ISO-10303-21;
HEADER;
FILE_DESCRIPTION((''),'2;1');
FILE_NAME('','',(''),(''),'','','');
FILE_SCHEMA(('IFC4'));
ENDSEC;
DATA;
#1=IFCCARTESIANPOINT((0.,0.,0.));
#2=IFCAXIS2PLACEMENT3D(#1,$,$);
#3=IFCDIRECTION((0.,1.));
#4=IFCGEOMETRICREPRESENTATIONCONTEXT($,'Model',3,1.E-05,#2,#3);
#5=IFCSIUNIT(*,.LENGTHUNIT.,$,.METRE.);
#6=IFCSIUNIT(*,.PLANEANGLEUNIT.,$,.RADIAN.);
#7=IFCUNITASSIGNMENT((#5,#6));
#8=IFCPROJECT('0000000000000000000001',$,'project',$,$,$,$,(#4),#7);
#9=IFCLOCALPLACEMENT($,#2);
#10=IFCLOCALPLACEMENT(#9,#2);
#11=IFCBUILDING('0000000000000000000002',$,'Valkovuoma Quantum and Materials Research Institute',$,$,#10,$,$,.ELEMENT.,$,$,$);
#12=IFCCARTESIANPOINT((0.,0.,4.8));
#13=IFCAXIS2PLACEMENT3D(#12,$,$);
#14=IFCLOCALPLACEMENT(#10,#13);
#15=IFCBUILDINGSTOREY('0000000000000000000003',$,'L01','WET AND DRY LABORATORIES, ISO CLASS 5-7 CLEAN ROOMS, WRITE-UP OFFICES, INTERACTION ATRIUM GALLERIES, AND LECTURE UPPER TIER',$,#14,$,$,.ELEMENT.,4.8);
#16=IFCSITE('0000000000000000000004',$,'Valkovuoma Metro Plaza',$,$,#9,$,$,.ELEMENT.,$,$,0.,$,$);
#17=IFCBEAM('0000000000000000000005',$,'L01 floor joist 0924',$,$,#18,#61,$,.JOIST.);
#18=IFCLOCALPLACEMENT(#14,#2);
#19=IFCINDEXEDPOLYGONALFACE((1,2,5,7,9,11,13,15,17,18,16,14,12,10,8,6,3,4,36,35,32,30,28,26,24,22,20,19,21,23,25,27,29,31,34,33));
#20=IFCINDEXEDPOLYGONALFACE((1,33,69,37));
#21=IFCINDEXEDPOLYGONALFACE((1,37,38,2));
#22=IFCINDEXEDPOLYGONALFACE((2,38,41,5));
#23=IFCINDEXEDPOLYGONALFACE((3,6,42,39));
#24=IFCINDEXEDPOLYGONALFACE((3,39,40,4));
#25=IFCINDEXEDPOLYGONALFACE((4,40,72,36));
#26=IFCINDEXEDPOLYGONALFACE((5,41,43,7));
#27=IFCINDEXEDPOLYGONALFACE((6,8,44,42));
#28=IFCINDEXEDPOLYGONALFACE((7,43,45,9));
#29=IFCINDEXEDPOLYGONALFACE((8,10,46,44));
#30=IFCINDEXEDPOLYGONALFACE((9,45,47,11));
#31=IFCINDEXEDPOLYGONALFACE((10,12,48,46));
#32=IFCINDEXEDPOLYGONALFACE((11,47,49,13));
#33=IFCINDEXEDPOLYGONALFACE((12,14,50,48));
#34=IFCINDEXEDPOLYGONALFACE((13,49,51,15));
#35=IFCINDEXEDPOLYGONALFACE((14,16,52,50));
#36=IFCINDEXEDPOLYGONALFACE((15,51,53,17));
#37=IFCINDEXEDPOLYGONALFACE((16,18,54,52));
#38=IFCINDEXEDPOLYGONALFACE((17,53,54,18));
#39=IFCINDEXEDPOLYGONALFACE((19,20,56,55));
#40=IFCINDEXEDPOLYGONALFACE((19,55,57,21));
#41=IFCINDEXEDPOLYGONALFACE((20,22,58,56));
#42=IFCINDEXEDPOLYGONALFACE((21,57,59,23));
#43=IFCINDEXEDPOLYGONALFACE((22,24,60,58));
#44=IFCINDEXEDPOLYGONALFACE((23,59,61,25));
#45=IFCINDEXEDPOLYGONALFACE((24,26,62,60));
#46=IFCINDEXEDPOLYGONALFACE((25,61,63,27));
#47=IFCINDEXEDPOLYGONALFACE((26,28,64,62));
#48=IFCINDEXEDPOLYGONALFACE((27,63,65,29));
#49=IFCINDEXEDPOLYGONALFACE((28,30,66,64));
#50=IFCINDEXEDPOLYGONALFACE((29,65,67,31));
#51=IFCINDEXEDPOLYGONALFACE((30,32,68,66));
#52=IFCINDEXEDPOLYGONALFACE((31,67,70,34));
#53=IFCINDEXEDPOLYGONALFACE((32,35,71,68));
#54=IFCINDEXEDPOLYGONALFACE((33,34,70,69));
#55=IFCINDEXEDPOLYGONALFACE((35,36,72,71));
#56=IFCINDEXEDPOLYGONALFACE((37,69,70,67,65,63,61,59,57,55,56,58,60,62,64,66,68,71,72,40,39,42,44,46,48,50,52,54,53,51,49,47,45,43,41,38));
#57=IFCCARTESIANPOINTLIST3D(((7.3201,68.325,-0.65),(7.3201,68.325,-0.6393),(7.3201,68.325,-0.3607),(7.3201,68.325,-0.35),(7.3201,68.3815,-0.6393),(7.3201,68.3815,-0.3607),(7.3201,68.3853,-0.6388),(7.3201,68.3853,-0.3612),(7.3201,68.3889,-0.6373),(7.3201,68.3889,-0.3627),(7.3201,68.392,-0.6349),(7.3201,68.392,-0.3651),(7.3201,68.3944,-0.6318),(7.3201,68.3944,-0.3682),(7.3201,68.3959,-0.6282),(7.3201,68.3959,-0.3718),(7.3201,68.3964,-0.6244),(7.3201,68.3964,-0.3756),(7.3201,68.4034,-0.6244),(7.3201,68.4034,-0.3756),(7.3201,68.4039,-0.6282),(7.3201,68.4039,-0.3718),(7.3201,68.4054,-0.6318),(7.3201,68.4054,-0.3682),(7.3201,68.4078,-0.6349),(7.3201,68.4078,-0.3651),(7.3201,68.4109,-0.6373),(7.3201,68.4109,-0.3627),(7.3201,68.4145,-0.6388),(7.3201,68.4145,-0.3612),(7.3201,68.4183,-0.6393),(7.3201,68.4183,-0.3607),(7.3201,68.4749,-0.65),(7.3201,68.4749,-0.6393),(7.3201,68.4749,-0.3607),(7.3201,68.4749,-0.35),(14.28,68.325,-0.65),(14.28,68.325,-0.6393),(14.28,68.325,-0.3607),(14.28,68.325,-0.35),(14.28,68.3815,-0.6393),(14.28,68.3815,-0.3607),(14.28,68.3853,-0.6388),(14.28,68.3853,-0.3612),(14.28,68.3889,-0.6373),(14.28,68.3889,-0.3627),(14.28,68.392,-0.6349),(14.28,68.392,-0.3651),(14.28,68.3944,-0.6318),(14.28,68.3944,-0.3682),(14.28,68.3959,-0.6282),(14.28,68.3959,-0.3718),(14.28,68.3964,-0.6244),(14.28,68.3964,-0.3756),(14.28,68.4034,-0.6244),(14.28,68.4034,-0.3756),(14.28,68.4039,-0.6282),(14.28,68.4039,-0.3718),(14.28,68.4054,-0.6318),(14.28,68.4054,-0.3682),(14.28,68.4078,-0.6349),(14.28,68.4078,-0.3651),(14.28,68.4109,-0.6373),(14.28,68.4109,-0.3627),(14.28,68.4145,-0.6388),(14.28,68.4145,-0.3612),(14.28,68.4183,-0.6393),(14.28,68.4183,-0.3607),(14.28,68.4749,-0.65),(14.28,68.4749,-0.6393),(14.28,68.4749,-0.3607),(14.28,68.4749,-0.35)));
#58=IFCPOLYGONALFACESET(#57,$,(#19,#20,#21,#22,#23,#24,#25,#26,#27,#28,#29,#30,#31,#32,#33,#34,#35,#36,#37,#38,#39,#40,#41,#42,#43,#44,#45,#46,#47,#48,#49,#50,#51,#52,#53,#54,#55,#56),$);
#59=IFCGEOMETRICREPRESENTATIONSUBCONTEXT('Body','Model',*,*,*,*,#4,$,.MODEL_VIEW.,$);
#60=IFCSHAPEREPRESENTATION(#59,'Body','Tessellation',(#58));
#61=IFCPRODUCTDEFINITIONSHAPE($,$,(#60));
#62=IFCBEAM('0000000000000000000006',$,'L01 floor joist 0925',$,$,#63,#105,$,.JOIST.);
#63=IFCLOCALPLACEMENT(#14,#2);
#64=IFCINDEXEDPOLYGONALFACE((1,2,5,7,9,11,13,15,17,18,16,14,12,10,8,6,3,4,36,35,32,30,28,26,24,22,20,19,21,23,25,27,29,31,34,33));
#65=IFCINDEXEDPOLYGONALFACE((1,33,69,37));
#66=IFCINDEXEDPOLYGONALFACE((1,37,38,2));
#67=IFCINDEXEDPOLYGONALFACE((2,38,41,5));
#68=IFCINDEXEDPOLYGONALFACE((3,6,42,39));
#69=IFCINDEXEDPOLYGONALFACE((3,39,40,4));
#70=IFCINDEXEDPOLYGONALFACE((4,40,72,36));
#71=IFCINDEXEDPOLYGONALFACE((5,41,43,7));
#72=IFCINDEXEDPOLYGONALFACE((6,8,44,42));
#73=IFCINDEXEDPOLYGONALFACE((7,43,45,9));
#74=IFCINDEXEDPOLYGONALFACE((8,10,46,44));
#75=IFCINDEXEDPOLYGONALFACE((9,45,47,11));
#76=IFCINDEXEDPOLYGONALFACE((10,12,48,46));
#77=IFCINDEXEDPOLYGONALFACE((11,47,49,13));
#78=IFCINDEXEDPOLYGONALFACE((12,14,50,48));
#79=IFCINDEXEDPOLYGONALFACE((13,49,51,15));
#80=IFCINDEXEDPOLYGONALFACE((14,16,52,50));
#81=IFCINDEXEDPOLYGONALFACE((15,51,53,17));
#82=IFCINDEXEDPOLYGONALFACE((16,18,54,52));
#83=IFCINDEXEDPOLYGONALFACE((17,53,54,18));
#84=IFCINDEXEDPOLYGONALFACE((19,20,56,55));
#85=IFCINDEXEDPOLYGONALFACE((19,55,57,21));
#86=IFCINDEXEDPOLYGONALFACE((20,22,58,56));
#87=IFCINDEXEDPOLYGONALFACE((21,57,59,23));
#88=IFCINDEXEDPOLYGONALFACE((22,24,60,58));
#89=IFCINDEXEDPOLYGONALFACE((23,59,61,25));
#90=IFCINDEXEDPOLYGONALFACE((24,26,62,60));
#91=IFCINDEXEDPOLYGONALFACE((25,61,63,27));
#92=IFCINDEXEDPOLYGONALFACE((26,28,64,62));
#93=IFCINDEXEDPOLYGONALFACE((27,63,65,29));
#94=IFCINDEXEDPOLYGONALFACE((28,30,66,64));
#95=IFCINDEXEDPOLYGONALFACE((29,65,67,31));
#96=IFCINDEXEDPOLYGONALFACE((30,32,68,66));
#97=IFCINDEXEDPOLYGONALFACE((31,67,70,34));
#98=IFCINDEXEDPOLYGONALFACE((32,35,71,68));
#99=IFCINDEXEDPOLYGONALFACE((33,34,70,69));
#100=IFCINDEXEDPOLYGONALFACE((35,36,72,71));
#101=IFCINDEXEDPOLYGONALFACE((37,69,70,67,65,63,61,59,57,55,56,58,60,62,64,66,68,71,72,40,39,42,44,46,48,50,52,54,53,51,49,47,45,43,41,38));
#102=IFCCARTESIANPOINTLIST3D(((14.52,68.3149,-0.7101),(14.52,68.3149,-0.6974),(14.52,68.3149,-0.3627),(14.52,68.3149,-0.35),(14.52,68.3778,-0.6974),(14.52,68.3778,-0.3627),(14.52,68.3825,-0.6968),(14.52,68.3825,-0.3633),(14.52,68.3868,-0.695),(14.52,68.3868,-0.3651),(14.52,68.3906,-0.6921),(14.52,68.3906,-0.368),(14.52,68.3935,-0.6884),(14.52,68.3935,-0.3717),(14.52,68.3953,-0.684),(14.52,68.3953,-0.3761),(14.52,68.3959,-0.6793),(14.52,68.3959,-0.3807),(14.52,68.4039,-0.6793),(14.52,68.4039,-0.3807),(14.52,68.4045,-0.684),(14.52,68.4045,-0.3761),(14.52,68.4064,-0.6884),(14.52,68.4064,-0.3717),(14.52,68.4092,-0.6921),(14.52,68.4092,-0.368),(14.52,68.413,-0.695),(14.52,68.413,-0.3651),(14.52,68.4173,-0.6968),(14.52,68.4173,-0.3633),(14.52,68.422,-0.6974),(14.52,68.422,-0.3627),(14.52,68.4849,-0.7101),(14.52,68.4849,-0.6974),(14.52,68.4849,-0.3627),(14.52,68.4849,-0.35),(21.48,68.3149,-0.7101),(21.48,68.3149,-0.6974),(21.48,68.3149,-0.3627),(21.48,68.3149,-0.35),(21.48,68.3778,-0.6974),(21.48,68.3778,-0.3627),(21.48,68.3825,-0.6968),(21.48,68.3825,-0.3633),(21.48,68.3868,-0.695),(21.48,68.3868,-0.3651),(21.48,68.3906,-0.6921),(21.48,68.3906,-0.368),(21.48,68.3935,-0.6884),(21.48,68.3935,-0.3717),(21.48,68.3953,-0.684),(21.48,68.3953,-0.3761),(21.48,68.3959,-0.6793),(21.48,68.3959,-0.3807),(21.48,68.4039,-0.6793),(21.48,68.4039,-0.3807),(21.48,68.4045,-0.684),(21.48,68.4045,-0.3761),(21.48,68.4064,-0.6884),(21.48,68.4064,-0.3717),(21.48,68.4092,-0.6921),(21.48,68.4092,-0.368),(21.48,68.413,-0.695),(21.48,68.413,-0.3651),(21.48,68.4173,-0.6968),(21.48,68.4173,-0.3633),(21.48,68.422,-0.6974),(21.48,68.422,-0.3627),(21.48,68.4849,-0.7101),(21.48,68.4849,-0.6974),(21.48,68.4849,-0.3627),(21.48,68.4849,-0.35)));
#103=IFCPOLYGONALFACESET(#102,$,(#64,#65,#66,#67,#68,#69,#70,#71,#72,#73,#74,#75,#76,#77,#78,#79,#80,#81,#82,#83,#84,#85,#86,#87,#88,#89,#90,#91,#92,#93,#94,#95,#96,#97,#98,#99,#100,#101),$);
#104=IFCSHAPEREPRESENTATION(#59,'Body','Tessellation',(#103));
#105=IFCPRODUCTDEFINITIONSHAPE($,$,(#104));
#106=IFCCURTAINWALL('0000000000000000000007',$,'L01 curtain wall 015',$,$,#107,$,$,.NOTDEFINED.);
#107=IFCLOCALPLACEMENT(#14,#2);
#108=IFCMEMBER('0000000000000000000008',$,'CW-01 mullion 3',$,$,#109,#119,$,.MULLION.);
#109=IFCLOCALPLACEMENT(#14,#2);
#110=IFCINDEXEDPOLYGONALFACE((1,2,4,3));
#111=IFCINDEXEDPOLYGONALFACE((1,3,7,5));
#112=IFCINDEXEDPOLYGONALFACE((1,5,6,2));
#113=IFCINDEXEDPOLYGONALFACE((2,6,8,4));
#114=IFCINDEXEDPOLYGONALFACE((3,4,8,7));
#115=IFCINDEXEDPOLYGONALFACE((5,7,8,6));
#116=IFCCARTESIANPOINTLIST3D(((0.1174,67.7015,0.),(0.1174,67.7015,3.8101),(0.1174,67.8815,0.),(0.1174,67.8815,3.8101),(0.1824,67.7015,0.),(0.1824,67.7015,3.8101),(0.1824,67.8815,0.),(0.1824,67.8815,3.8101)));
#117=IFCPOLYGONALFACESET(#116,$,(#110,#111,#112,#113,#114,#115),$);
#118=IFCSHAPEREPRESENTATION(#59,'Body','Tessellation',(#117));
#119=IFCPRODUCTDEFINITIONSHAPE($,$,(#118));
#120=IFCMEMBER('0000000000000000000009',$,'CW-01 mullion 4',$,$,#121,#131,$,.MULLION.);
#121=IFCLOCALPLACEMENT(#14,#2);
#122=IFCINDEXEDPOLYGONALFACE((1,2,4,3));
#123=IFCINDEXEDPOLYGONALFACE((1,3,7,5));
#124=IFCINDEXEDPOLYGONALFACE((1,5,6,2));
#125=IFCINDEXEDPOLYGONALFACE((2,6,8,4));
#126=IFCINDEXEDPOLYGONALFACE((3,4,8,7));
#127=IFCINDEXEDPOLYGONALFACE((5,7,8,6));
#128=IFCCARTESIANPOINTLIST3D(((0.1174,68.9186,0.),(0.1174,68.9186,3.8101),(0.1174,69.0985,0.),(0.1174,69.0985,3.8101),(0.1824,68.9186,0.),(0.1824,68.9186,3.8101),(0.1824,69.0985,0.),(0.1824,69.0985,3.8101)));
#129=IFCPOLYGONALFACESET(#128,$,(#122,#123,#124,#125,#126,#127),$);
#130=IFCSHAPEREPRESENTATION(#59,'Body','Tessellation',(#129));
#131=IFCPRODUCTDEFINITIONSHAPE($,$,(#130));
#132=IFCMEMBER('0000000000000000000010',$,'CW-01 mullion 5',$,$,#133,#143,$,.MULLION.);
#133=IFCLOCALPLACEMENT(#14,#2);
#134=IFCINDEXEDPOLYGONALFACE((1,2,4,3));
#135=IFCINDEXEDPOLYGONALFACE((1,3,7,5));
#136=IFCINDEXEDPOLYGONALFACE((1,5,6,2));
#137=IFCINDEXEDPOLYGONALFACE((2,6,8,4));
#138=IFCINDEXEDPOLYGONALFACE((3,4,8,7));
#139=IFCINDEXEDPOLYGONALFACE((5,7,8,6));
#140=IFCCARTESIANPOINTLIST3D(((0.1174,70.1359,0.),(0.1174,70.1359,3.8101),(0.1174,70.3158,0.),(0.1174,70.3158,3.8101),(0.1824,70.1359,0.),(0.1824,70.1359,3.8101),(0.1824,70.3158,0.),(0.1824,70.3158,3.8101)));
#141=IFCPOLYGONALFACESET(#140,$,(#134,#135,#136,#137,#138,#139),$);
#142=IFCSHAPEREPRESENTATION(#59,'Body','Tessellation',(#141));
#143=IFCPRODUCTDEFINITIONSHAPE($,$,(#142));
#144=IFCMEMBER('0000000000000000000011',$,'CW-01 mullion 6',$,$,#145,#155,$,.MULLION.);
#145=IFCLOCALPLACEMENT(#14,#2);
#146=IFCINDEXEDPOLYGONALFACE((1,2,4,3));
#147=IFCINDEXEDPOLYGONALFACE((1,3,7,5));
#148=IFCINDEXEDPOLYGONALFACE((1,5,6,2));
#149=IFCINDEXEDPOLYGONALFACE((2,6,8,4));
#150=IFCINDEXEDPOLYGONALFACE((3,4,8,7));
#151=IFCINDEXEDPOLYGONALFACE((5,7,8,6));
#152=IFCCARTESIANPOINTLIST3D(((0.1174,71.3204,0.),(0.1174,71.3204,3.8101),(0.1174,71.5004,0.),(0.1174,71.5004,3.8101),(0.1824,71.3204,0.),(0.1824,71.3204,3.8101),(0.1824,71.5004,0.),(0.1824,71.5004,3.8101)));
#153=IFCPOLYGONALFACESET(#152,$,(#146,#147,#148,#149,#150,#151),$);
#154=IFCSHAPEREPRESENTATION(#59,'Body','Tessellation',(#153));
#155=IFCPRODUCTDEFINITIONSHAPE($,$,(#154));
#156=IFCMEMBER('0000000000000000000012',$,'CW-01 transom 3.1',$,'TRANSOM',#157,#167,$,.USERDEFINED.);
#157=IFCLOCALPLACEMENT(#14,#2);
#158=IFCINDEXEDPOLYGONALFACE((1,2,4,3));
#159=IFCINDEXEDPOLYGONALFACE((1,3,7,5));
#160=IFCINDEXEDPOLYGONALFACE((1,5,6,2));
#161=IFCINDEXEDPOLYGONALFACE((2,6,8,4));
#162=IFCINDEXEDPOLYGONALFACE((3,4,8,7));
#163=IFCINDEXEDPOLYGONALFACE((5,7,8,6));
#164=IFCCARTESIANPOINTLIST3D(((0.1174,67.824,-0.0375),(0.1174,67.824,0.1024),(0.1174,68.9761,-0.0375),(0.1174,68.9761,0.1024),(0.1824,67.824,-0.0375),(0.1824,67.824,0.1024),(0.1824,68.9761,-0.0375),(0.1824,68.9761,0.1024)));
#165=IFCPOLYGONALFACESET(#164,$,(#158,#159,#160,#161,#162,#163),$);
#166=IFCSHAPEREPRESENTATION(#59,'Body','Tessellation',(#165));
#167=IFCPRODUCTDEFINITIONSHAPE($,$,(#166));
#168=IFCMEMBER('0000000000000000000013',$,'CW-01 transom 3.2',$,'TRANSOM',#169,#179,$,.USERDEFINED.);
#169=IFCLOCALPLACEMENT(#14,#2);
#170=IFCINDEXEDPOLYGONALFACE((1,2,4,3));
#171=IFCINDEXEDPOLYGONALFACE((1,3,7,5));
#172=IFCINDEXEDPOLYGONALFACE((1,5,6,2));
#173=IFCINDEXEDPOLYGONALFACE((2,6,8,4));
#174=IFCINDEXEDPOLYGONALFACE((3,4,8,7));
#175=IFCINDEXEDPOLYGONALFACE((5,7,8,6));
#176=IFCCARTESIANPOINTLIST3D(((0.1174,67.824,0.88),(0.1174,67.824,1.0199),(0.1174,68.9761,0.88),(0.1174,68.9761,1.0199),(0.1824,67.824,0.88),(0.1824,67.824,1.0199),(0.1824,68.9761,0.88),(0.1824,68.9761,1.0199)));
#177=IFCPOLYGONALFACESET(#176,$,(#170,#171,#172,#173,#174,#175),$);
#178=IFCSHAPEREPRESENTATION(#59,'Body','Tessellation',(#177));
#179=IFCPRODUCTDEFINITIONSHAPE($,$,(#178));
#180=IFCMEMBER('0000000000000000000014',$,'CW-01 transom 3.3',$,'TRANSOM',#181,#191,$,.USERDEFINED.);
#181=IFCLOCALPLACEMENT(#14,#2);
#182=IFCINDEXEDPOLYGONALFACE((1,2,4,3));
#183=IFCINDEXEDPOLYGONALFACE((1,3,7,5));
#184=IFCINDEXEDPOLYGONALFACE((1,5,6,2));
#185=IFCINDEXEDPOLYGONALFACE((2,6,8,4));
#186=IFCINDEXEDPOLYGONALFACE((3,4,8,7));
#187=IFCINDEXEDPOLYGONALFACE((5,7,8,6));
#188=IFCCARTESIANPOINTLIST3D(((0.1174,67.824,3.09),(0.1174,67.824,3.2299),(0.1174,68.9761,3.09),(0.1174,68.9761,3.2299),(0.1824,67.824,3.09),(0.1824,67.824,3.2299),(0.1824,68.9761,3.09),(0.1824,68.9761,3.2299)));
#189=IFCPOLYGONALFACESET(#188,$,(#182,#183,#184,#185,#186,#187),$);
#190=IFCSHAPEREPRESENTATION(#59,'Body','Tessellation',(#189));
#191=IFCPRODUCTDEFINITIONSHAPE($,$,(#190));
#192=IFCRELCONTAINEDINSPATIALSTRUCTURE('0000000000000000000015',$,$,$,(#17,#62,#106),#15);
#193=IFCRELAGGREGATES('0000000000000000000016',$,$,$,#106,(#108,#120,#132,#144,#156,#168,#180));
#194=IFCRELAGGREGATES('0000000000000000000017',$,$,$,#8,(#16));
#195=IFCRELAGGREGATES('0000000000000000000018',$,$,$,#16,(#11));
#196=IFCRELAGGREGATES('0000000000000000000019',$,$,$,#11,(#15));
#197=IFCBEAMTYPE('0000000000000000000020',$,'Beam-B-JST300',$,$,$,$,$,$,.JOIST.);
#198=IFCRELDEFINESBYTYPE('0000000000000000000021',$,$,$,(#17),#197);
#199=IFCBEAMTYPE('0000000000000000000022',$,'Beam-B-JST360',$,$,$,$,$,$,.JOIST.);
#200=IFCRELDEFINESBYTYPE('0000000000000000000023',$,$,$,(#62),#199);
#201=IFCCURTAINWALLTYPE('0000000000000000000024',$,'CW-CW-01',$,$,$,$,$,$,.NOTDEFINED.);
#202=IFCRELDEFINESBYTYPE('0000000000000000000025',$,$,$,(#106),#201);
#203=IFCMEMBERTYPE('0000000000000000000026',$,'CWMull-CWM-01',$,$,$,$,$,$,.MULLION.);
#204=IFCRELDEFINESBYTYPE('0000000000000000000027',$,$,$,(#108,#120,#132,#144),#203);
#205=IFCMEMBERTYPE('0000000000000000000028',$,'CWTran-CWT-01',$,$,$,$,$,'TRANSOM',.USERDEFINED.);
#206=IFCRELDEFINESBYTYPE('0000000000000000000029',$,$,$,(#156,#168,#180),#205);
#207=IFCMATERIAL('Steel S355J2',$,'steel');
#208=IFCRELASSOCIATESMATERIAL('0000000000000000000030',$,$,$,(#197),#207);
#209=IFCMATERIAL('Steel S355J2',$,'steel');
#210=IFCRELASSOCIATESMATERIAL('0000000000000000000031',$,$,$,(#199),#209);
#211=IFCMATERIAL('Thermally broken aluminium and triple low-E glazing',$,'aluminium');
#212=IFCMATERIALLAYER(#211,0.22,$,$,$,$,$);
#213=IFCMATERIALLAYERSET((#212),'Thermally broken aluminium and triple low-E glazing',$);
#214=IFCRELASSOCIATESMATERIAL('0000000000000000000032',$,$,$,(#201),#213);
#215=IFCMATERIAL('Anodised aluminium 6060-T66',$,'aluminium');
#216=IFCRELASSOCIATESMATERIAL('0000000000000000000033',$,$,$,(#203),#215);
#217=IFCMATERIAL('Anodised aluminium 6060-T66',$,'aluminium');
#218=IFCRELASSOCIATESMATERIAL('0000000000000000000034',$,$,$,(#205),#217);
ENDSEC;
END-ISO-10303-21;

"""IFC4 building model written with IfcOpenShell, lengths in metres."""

from ifc_helpers import new_model, si_unit, direction, frame, origin, origin_2d, place, context, subcontext, project, spatial, rectangle, i_section, extrude, material, layer, layer_set, material_profile, profile_set, type_object, element, aggregate, save


model = new_model("IFC4")

# Units and contexts
model_context = context("Model", 3, precision=1e-05, world=origin(), true_north=direction((0.0, 1.0)))
body_context = subcontext(model_context, "Body", "Model", "MODEL_VIEW")
ifc_project = project(units=[si_unit("LENGTHUNIT", "METRE"), si_unit("PLANEANGLEUNIT", "RADIAN")], contexts=[model_context])

# Site, building, storey
site_placement = place(None, origin())
site = spatial("IfcSite", under=ifc_project, at=site_placement, Name="Valkovuoma Metro Plaza", CompositionType="ELEMENT", RefElevation=0.0)
building_placement = place(site_placement, origin())
building = spatial("IfcBuilding", under=site, at=building_placement, Name="Valkovuoma Quantum and Materials Research Institute", CompositionType="ELEMENT")
storey_placement = place(building_placement, frame((0.0, 0.0, 4.8)))
storey = spatial("IfcBuildingStorey", under=building, at=storey_placement, Name="L01", Description="WET AND DRY LABORATORIES, ISO CLASS 5-7 CLEAN ROOMS, WRITE-UP OFFICES, INTERACTION ATRIUM GALLERIES, AND LECTURE UPPER TIER", CompositionType="ELEMENT", Elevation=4.8)

# Beams
ifc_material_1 = material(Name="Steel S355J2", Category="steel")
ifc_material_profile_1 = material_profile(ifc_material_1, i_section(OverallWidth=0.1499, OverallDepth=0.3, WebThickness=0.0071, FlangeThickness=0.0107, FilletRadius=0.0149, at=origin_2d()), Name="Steel S355J2")
ifc_profile_set_1 = profile_set([ifc_material_profile_1], Name="Steel S355J2")
beam_type_1 = type_object("IfcBeamType", Name="Beam-B-JST300", PredefinedType="JOIST", material=ifc_profile_set_1)
beam_1_placement = place(storey_placement, frame((7.3201, 68.3999, -0.5), z_axis=(1.0, 0.0, 0.0), x_axis=(0.0, 1.0, 0.0)))
element("IfcBeam", 1, at=beam_1_placement, inside=storey, type_object=beam_type_1, Name="L01 floor joist 0924", PredefinedType="JOIST", context=body_context, shape_type="SweptSolid", body=[
    extrude(i_section(OverallWidth=0.1499, OverallDepth=0.3, WebThickness=0.0071, FlangeThickness=0.0107, FilletRadius=0.0149, at=origin_2d()), origin(), (0.0, 0.0, 1.0), 6.96),
])
ifc_material_2 = material(Name="Steel S355J2", Category="steel")
ifc_material_profile_2 = material_profile(ifc_material_2, i_section(OverallWidth=0.1699, OverallDepth=0.3601, WebThickness=0.0081, FlangeThickness=0.0127, FilletRadius=0.0181, at=origin_2d()), Name="Steel S355J2")
ifc_profile_set_2 = profile_set([ifc_material_profile_2], Name="Steel S355J2")
beam_type_2 = type_object("IfcBeamType", Name="Beam-B-JST360", PredefinedType="JOIST", material=ifc_profile_set_2)
beam_2_placement = place(storey_placement, frame((14.52, 68.3999, -0.53), z_axis=(1.0, 0.0, 0.0), x_axis=(0.0, 1.0, 0.0)))
element("IfcBeam", 2, at=beam_2_placement, inside=storey, type_object=beam_type_2, Name="L01 floor joist 0925", PredefinedType="JOIST", context=body_context, shape_type="SweptSolid", body=[
    extrude(i_section(OverallWidth=0.1699, OverallDepth=0.3601, WebThickness=0.0081, FlangeThickness=0.0127, FilletRadius=0.0181, at=origin_2d()), origin(), (0.0, 0.0, 1.0), 6.96),
])

# Curtain wall, members
ifc_material_3 = material(Name="Thermally broken aluminium and triple low-E glazing", Category="aluminium")
ifc_layer_1 = layer(ifc_material_3, 0.22)
ifc_layer_set_1 = layer_set([ifc_layer_1], Name="Thermally broken aluminium and triple low-E glazing")
curtain_wall_type = type_object("IfcCurtainWallType", Name="CW-CW-01", PredefinedType="NOTDEFINED", material=ifc_layer_set_1)
curtain_wall_placement = place(storey_placement, origin())
curtain_wall = element("IfcCurtainWall", 3, at=curtain_wall_placement, inside=storey, type_object=curtain_wall_type, Name="L01 curtain wall 015", PredefinedType="NOTDEFINED")
ifc_material_4 = material(Name="Anodised aluminium 6060-T66", Category="aluminium")
ifc_material_profile_3 = material_profile(ifc_material_4, rectangle(XDim=0.0649, YDim=0.1799, at=origin_2d()), Name="Anodised aluminium 6060-T66")
ifc_profile_set_3 = profile_set([ifc_material_profile_3], Name="Anodised aluminium 6060-T66")
member_type_1 = type_object("IfcMemberType", Name="CWMull-CWM-01", PredefinedType="MULLION", material=ifc_profile_set_3)
member_1_placement = place(storey_placement, frame((0.1499, 67.7915, 0.0), z_axis=(0.0, 0.0, 1.0), x_axis=(-1.0, 0.0, 0.0)))
member_1 = element("IfcMember", 4, at=member_1_placement, type_object=member_type_1, Name="CW-01 mullion 3", PredefinedType="MULLION", context=body_context, shape_type="SweptSolid", body=[
    extrude(rectangle(XDim=0.0649, YDim=0.1799, at=origin_2d()), origin(), (0.0, 0.0, 1.0), 3.8101),
])
member_2_placement = place(storey_placement, frame((0.1499, 69.0085, 0.0), z_axis=(0.0, 0.0, 1.0), x_axis=(-1.0, 0.0, 0.0)))
member_2 = element("IfcMember", 5, at=member_2_placement, type_object=member_type_1, Name="CW-01 mullion 4", PredefinedType="MULLION", context=body_context, shape_type="SweptSolid", body=[
    extrude(rectangle(XDim=0.0649, YDim=0.1799, at=origin_2d()), origin(), (0.0, 0.0, 1.0), 3.8101),
])
member_3_placement = place(storey_placement, frame((0.1499, 70.2258, 0.0), z_axis=(0.0, 0.0, 1.0), x_axis=(-1.0, 0.0, 0.0)))
member_3 = element("IfcMember", 6, at=member_3_placement, type_object=member_type_1, Name="CW-01 mullion 5", PredefinedType="MULLION", context=body_context, shape_type="SweptSolid", body=[
    extrude(rectangle(XDim=0.0649, YDim=0.1799, at=origin_2d()), origin(), (0.0, 0.0, 1.0), 3.8101),
])
member_4_placement = place(storey_placement, frame((0.1499, 71.4104, 0.0), z_axis=(0.0, 0.0, 1.0), x_axis=(-1.0, 0.0, 0.0)))
member_4 = element("IfcMember", 7, at=member_4_placement, type_object=member_type_1, Name="CW-01 mullion 6", PredefinedType="MULLION", context=body_context, shape_type="SweptSolid", body=[
    extrude(rectangle(XDim=0.0649, YDim=0.1799, at=origin_2d()), origin(), (0.0, 0.0, 1.0), 3.8101),
])
ifc_material_5 = material(Name="Anodised aluminium 6060-T66", Category="aluminium")
ifc_material_profile_4 = material_profile(ifc_material_5, rectangle(XDim=0.0649, YDim=0.1399, at=origin_2d()), Name="Anodised aluminium 6060-T66")
ifc_profile_set_4 = profile_set([ifc_material_profile_4], Name="Anodised aluminium 6060-T66")
member_type_2 = type_object("IfcMemberType", Name="CWTran-CWT-01", ElementType="TRANSOM", PredefinedType="USERDEFINED", material=ifc_profile_set_4)
member_5_placement = place(storey_placement, frame((0.1499, 67.824, 0.0325), z_axis=(0.0, 1.0, 0.0), x_axis=(-1.0, 0.0, 0.0)))
member_5 = element("IfcMember", 8, at=member_5_placement, type_object=member_type_2, Name="CW-01 transom 3.1", ObjectType="TRANSOM", PredefinedType="USERDEFINED", context=body_context, shape_type="SweptSolid", body=[
    extrude(rectangle(XDim=0.0649, YDim=0.1399, at=origin_2d()), origin(), (0.0, 0.0, 1.0), 1.1521),
])
member_6_placement = place(storey_placement, frame((0.1499, 67.824, 0.95), z_axis=(0.0, 1.0, 0.0), x_axis=(-1.0, 0.0, 0.0)))
member_6 = element("IfcMember", 9, at=member_6_placement, type_object=member_type_2, Name="CW-01 transom 3.2", ObjectType="TRANSOM", PredefinedType="USERDEFINED", context=body_context, shape_type="SweptSolid", body=[
    extrude(rectangle(XDim=0.0649, YDim=0.1399, at=origin_2d()), origin(), (0.0, 0.0, 1.0), 1.1521),
])
member_7_placement = place(storey_placement, frame((0.1499, 67.824, 3.1599), z_axis=(0.0, 1.0, 0.0), x_axis=(-1.0, 0.0, 0.0)))
member_7 = element("IfcMember", 10, at=member_7_placement, type_object=member_type_2, Name="CW-01 transom 3.3", ObjectType="TRANSOM", PredefinedType="USERDEFINED", context=body_context, shape_type="SweptSolid", body=[
    extrude(rectangle(XDim=0.0649, YDim=0.1399, at=origin_2d()), origin(), (0.0, 0.0, 1.0), 1.1521),
])
aggregate(curtain_wall, [member_1, member_2, member_3, member_4, member_5, member_6, member_7])

save(model, "model.ifc")
